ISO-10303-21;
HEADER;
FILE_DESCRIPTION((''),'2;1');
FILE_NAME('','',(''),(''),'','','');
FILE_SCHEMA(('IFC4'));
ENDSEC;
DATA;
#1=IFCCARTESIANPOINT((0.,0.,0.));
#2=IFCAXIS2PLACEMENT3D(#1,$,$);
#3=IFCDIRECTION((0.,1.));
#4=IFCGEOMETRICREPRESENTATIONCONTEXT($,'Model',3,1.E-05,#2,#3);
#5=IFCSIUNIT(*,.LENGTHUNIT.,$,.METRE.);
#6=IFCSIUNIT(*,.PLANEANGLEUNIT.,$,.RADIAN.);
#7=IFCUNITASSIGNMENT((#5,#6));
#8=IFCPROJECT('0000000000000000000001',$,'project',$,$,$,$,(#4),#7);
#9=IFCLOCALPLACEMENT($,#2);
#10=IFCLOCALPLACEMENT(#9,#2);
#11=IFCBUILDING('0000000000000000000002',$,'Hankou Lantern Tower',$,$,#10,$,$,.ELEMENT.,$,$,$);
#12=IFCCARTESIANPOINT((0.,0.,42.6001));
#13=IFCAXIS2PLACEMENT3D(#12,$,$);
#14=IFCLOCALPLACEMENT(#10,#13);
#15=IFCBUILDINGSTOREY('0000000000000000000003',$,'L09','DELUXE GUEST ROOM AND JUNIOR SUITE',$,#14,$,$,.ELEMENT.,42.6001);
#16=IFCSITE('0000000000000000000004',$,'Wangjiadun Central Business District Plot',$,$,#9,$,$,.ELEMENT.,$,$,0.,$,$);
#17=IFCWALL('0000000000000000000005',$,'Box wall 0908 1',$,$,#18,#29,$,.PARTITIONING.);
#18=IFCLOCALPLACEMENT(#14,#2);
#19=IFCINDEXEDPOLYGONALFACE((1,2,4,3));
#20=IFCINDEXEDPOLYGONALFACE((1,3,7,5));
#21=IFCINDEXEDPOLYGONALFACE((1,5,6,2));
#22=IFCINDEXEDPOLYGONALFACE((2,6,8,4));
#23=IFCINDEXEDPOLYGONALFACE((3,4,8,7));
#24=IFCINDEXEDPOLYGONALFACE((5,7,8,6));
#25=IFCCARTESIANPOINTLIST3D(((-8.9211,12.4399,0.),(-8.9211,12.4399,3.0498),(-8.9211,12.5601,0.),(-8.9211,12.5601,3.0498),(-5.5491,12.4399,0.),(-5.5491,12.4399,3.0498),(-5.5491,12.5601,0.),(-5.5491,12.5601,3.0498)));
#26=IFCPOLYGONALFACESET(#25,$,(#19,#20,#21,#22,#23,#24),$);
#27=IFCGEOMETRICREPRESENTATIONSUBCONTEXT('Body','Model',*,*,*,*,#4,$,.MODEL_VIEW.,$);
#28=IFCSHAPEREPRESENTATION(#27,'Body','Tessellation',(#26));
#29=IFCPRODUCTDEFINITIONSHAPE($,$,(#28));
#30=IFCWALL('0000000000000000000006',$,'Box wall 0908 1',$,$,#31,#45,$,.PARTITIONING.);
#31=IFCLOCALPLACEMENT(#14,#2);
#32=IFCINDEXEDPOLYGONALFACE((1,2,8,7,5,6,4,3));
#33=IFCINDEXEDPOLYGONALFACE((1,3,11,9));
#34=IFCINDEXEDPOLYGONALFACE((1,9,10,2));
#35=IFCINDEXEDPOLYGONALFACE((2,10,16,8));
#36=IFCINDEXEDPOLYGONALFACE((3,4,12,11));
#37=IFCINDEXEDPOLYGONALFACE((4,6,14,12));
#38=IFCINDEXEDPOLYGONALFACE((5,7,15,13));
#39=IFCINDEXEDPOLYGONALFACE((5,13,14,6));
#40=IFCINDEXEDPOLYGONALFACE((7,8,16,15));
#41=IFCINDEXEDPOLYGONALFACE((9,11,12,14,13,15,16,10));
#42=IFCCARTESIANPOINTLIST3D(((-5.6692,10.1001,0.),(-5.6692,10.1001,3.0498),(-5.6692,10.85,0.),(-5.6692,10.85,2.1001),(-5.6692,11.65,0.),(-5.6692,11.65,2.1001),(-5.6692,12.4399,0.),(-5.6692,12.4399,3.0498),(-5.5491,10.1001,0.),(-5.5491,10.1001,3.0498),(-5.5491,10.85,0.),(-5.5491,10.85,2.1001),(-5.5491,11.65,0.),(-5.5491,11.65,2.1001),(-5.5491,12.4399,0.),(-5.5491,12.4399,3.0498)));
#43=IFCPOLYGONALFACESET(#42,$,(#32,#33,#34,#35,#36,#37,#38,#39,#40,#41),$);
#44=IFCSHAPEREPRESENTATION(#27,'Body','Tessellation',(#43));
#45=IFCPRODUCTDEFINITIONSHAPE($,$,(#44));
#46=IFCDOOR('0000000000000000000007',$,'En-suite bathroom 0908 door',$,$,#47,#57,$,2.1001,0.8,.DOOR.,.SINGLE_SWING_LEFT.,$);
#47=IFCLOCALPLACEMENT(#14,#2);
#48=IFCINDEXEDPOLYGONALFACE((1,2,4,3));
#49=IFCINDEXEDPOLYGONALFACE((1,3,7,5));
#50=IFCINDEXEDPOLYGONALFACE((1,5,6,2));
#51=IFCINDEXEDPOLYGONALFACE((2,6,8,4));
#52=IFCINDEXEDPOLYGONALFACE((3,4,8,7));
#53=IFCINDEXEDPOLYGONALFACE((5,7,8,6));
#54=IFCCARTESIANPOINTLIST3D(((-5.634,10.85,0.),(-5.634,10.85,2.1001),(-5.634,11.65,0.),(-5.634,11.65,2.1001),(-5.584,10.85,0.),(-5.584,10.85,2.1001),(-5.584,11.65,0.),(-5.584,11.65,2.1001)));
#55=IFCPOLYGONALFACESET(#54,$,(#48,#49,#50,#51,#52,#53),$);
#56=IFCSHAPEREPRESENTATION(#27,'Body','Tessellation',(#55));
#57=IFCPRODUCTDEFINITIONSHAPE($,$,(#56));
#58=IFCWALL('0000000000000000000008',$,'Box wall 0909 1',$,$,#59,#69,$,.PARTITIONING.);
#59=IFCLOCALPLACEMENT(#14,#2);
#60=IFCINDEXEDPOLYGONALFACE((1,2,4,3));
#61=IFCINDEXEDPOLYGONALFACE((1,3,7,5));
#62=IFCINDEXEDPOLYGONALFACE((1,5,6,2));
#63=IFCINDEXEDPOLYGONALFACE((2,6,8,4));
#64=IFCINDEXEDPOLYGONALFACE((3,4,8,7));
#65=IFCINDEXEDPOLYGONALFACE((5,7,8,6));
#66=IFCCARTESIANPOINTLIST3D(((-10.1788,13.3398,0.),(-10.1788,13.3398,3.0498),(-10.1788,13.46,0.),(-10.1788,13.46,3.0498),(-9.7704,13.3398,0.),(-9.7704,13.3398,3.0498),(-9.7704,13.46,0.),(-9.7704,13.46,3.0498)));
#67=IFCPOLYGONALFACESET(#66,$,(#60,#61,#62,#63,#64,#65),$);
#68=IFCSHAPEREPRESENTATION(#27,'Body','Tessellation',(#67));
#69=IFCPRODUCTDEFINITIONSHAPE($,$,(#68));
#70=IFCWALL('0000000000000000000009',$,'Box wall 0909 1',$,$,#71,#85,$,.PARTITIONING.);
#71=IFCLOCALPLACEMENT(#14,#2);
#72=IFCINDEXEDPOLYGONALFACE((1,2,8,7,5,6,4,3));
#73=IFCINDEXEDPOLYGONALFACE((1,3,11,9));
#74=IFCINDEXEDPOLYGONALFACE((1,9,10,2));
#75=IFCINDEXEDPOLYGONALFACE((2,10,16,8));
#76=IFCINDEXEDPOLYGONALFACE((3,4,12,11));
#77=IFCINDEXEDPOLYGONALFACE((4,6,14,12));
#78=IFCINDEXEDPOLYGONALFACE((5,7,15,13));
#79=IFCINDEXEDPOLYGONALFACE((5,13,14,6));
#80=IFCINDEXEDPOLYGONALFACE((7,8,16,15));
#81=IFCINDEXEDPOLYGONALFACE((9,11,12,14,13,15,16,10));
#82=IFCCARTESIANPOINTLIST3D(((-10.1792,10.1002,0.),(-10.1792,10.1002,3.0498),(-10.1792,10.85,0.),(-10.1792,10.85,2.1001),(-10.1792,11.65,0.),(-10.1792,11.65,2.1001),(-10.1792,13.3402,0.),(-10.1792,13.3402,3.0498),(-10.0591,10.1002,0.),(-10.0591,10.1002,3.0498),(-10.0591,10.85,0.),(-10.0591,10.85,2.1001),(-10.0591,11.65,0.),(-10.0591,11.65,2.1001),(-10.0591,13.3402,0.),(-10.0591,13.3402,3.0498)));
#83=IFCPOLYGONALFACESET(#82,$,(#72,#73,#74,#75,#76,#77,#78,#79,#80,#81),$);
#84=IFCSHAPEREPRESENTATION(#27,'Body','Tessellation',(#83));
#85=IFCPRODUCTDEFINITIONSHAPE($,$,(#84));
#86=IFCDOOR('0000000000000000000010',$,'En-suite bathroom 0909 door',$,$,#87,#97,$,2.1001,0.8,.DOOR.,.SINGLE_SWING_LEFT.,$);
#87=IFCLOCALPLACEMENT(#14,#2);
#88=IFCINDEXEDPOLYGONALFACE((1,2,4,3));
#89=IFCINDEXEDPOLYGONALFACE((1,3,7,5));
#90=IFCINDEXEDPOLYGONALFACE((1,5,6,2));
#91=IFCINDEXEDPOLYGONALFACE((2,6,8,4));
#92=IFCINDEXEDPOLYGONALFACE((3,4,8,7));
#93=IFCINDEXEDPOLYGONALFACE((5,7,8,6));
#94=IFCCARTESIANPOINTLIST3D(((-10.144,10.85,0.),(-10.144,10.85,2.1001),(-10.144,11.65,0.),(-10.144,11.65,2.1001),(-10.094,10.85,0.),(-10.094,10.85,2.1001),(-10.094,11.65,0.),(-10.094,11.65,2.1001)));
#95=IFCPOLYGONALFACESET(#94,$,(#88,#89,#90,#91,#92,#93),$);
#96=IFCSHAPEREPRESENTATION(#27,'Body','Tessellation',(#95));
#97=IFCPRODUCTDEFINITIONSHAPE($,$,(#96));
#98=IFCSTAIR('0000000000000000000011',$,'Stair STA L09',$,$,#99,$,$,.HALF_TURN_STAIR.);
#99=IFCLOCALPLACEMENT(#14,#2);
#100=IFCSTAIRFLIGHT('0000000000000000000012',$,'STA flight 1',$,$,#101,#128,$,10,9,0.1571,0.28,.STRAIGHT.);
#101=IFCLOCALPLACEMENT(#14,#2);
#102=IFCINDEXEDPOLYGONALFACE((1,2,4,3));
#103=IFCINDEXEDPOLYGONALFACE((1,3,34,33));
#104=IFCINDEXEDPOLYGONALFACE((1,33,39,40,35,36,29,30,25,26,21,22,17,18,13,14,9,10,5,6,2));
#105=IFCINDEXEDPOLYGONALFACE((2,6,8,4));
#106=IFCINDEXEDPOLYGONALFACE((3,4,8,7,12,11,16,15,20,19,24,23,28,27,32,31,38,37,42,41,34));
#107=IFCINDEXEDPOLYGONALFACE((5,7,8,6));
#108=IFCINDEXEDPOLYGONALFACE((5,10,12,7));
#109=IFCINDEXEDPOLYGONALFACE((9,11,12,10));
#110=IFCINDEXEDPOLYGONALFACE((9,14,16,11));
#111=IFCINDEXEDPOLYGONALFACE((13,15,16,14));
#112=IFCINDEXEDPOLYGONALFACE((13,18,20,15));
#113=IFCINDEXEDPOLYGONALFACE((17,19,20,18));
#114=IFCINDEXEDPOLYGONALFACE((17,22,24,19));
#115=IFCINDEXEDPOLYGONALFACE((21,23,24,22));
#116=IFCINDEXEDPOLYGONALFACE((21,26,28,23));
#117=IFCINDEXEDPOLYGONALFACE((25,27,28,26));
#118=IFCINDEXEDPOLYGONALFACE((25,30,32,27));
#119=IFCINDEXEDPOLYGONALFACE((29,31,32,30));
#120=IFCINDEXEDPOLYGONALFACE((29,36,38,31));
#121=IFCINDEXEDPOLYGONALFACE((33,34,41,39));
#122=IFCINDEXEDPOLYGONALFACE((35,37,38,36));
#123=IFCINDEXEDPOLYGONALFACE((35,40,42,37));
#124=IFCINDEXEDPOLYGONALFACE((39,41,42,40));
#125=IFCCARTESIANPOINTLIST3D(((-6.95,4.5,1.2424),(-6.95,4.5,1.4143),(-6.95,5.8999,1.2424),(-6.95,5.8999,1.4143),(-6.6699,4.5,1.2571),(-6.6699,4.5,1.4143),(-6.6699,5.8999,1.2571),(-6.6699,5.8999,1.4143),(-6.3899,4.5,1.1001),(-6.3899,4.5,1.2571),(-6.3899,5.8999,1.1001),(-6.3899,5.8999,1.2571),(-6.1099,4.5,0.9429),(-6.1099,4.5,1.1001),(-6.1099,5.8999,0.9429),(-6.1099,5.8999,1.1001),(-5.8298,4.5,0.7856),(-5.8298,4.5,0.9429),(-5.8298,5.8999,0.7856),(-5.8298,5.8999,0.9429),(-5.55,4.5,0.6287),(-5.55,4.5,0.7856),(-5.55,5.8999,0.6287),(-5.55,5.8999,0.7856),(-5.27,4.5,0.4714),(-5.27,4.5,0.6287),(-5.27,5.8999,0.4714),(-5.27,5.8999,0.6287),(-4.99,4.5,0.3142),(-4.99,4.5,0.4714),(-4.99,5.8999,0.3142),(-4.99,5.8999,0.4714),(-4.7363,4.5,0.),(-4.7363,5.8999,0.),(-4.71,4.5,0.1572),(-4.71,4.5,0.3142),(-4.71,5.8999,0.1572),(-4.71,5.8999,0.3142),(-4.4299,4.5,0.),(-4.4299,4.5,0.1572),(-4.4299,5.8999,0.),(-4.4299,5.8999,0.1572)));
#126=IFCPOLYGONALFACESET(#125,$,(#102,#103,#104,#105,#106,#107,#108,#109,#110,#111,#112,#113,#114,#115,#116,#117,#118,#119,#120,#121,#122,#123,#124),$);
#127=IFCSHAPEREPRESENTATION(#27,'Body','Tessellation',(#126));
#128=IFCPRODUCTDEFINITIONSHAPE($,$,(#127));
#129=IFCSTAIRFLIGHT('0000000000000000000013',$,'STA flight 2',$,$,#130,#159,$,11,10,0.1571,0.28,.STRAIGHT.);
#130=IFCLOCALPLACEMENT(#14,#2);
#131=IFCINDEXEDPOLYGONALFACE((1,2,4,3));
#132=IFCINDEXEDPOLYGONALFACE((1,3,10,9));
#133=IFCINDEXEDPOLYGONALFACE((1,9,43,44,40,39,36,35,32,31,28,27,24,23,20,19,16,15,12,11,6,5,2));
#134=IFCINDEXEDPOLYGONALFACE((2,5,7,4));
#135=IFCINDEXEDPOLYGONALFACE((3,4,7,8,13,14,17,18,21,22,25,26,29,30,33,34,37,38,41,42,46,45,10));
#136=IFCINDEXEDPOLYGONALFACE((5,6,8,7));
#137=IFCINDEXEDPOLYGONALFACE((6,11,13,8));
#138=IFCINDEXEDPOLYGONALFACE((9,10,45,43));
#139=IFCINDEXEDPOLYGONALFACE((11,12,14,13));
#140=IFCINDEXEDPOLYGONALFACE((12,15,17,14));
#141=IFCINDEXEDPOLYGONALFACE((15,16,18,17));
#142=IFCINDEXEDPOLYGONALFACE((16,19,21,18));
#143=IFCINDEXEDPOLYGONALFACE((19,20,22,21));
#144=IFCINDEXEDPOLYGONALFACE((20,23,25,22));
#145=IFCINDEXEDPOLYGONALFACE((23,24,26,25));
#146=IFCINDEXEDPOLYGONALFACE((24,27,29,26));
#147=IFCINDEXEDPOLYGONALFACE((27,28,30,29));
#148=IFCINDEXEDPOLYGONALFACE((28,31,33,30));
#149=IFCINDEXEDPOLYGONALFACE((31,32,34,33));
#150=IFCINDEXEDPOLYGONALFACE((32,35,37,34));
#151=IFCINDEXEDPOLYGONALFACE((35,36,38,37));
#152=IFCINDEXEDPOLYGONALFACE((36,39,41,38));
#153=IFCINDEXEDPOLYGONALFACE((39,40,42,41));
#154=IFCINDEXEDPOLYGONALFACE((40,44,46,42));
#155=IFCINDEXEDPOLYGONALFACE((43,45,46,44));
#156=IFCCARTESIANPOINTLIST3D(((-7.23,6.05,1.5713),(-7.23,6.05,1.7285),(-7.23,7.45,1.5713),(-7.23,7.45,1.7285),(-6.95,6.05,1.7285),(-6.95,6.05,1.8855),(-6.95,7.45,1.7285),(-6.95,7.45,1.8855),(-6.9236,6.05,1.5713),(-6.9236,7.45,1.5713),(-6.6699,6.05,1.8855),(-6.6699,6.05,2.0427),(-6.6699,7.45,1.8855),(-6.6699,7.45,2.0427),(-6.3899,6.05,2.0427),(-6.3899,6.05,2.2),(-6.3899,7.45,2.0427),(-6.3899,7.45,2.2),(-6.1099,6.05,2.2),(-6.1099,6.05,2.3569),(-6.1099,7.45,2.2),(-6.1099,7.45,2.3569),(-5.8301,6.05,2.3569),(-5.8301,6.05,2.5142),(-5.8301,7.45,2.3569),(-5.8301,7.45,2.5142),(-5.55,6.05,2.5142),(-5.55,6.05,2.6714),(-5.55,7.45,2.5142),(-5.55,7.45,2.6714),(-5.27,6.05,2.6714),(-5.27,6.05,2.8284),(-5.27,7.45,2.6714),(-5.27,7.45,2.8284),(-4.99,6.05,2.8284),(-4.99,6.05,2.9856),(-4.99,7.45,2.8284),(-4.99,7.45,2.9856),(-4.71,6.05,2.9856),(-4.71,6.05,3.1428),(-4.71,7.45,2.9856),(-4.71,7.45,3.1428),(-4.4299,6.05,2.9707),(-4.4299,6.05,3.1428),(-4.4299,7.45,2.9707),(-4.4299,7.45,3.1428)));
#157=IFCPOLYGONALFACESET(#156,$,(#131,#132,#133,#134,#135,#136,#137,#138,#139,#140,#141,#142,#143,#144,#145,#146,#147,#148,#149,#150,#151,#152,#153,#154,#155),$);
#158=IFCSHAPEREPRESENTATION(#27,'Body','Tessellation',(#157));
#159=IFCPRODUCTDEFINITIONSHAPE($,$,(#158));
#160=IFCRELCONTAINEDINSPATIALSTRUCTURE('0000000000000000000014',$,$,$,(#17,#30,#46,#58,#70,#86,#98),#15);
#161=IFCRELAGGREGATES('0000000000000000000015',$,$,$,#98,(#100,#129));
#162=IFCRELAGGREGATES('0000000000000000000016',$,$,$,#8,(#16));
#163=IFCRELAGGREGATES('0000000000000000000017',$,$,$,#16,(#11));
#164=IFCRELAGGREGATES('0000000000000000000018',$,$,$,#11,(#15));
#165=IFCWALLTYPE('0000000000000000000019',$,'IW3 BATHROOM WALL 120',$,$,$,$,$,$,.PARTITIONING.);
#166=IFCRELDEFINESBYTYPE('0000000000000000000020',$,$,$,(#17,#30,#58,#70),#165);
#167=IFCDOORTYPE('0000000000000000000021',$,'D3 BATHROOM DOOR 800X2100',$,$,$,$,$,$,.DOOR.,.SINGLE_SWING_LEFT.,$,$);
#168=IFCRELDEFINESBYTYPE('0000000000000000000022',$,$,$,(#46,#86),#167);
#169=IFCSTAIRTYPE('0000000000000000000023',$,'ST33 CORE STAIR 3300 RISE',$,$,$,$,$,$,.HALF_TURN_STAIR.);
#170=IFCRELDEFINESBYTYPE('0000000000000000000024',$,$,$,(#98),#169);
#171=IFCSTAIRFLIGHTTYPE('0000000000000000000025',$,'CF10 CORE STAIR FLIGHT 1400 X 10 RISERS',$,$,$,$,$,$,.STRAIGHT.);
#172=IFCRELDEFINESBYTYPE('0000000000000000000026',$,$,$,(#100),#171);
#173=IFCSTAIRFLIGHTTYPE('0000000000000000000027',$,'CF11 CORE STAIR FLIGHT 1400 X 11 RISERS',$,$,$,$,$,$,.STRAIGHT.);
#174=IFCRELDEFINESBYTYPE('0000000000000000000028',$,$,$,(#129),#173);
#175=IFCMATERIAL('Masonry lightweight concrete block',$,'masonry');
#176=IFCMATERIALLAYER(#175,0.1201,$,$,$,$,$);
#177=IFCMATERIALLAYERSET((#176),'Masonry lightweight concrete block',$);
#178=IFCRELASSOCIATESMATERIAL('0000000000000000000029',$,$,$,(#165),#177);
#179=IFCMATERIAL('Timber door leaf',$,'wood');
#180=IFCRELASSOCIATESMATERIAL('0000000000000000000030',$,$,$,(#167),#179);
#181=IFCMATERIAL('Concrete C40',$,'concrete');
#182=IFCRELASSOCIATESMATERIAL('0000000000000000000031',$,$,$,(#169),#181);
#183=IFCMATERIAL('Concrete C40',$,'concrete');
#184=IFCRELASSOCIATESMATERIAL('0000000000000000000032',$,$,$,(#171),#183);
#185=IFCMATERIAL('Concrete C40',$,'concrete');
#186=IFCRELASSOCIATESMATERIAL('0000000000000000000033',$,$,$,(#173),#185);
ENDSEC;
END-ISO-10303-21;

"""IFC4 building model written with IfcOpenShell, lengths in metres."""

from ifc_helpers import new_model, si_unit, direction, frame, frame_2d, origin, place, context, subcontext, project, spatial, polyline, rectangle, outline, extrude, material, layer, layer_set, type_object, element, fill, aggregate, save


model = new_model("IFC4")

# Units and contexts
model_context = context("Model", 3, precision=1e-05, world=origin(), true_north=direction((0.0, 1.0)))
body_context = subcontext(model_context, "Body", "Model", "MODEL_VIEW")
ifc_project = project(units=[si_unit("LENGTHUNIT", "METRE"), si_unit("PLANEANGLEUNIT", "RADIAN")], contexts=[model_context])

# Site, building, storey
site_placement = place(None, origin())
site = spatial("IfcSite", under=ifc_project, at=site_placement, Name="Wangjiadun Central Business District Plot", CompositionType="ELEMENT", RefElevation=0.0)
building_placement = place(site_placement, origin())
building = spatial("IfcBuilding", under=site, at=building_placement, Name="Hankou Lantern Tower", CompositionType="ELEMENT")
storey_placement = place(building_placement, frame((0.0, 0.0, 42.6001)))
storey = spatial("IfcBuildingStorey", under=building, at=storey_placement, Name="L09", Description="DELUXE GUEST ROOM AND JUNIOR SUITE", CompositionType="ELEMENT", Elevation=42.6001)

# Shared definitions
ifc_material_1 = material(Name="Masonry lightweight concrete block", Category="masonry")
ifc_layer_1 = layer(ifc_material_1, 0.1201)
ifc_layer_set_1 = layer_set([ifc_layer_1], Name="Masonry lightweight concrete block")
wall_type_1 = type_object("IfcWallType", Name="IW3 BATHROOM WALL 120", PredefinedType="PARTITIONING", material=ifc_layer_set_1)

# Shared definitions
ifc_material_2 = material(Name="Timber door leaf", Category="wood")
door_type_1 = type_object("IfcDoorType", Name="D3 BATHROOM DOOR 800X2100", OperationType="SINGLE_SWING_LEFT", PredefinedType="DOOR", material=ifc_material_2)

# Wall
wall_1_placement = place(storey_placement, frame((-8.9211, 12.5, 0.0), z_axis=(0.0, 0.0, 1.0), x_axis=(1.0, 0.0, 0.0)))
element("IfcWall", 1, at=wall_1_placement, inside=storey, type_object=wall_type_1, Name="Box wall 0908 1", PredefinedType="PARTITIONING", context=body_context, shape_type="SweptSolid", body=[
    extrude(rectangle(XDim=3.3721, YDim=0.1201, at=frame_2d((1.686, 0.0))), origin(), (0.0, 0.0, 1.0), 3.0498),
])

# Wall, opening, door
wall_2_placement = place(storey_placement, frame((-5.6091, 10.1001, 0.0), z_axis=(0.0, 0.0, 1.0), x_axis=(0.0, 1.0, 0.0)))
wall_2 = element("IfcWall", 2, at=wall_2_placement, inside=storey, type_object=wall_type_1, Name="Box wall 0908 1", PredefinedType="PARTITIONING", context=body_context, shape_type="SweptSolid", body=[
    extrude(rectangle(XDim=2.3398, YDim=0.1201, at=frame_2d((1.1699, 0.0))), origin(), (0.0, 0.0, 1.0), 3.0498),
])
opening_1_placement = place(wall_2_placement, frame((0.75, 0.0, 0.0)))
opening_1 = element("IfcOpeningElement", 3, at=opening_1_placement, cuts=wall_2, PredefinedType="OPENING", context=body_context, shape_type="SweptSolid", body=[
    extrude(rectangle(XDim=0.8, YDim=2.1001, at=frame_2d((0.3999, 1.05))), frame((0.0, 0.0701, 0.0), z_axis=(0.0, -1.0, 0.0), x_axis=(1.0, 0.0, 0.0)), (0.0, 0.0, 1.0), 0.1401),
])
door_1_placement = place(opening_1_placement, origin())
door_1 = element("IfcDoor", 4, at=door_1_placement, inside=storey, type_object=door_type_1, Name="En-suite bathroom 0908 door", OperationType="SINGLE_SWING_LEFT", OverallHeight=2.1001, OverallWidth=0.8, PredefinedType="DOOR", context=body_context, shape_type="SweptSolid", body=[
    extrude(rectangle(XDim=0.8, YDim=2.1001, at=frame_2d((0.3999, 1.05))), frame((0.0, 0.0249, 0.0), z_axis=(0.0, -1.0, 0.0), x_axis=(1.0, 0.0, 0.0)), (0.0, 0.0, 1.0), 0.05),
])
fill(opening_1, door_1)

# Wall
wall_3_placement = place(storey_placement, frame((-9.7705, 13.3999, 0.0), z_axis=(0.0, 0.0, 1.0), x_axis=(-1.0, 0.0, 0.0)))
element("IfcWall", 5, at=wall_3_placement, inside=storey, type_object=wall_type_1, Name="Box wall 0909 1", PredefinedType="PARTITIONING", context=body_context, shape_type="SweptSolid", body=[
    extrude(rectangle(XDim=0.4084, YDim=0.1201, at=frame_2d((0.2041, 0.0))), origin(), (0.0, 0.0, 1.0), 3.0498),
])

# Wall, opening, door
wall_4_placement = place(storey_placement, frame((-10.1191, 10.1001, 0.0), z_axis=(0.0, 0.0, 1.0), x_axis=(0.0, 1.0, 0.0)))
wall_4 = element("IfcWall", 6, at=wall_4_placement, inside=storey, type_object=wall_type_1, Name="Box wall 0909 1", PredefinedType="PARTITIONING", context=body_context, shape_type="SweptSolid", body=[
    extrude(rectangle(XDim=3.24, YDim=0.1201, at=frame_2d((1.6201, 0.0))), origin(), (0.0, 0.0, 1.0), 3.0498),
])
opening_2_placement = place(wall_4_placement, frame((0.75, 0.0, 0.0)))
opening_2 = element("IfcOpeningElement", 7, at=opening_2_placement, cuts=wall_4, PredefinedType="OPENING", context=body_context, shape_type="SweptSolid", body=[
    extrude(rectangle(XDim=0.8, YDim=2.1001, at=frame_2d((0.3999, 1.05))), frame((0.0, 0.0701, 0.0), z_axis=(0.0, -1.0, 0.0), x_axis=(1.0, 0.0, 0.0)), (0.0, 0.0, 1.0), 0.1401),
])
door_2_placement = place(opening_2_placement, origin())
door_2 = element("IfcDoor", 8, at=door_2_placement, inside=storey, type_object=door_type_1, Name="En-suite bathroom 0909 door", OperationType="SINGLE_SWING_LEFT", OverallHeight=2.1001, OverallWidth=0.8, PredefinedType="DOOR", context=body_context, shape_type="SweptSolid", body=[
    extrude(rectangle(XDim=0.8, YDim=2.1001, at=frame_2d((0.3999, 1.05))), frame((0.0, 0.0249, 0.0), z_axis=(0.0, -1.0, 0.0), x_axis=(1.0, 0.0, 0.0)), (0.0, 0.0, 1.0), 0.05),
])
fill(opening_2, door_2)

# Stair, stair flights
ifc_material_3 = material(Name="Concrete C40", Category="concrete")
stair_type = type_object("IfcStairType", Name="ST33 CORE STAIR 3300 RISE", PredefinedType="HALF_TURN_STAIR", material=ifc_material_3)
stair_placement = place(storey_placement, origin())
stair = element("IfcStair", 9, at=stair_placement, inside=storey, type_object=stair_type, Name="Stair STA L09", PredefinedType="HALF_TURN_STAIR")
ifc_material_4 = material(Name="Concrete C40", Category="concrete")
stair_flight_type_1 = type_object("IfcStairFlightType", Name="CF10 CORE STAIR FLIGHT 1400 X 10 RISERS", PredefinedType="STRAIGHT", material=ifc_material_4)
stair_flight_1_placement = place(storey_placement, frame((-4.4299, 5.2, 0.0), z_axis=(0.0, 0.0, 1.0), x_axis=(-1.0, 0.0, 0.0)))
stair_flight_1 = element("IfcStairFlight", 10, at=stair_flight_1_placement, type_object=stair_flight_type_1, Name="STA flight 1", NumberOfRisers=10, NumberOfTreads=9, PredefinedType="STRAIGHT", RiserHeight=0.1571, TreadLength=0.28, context=body_context, shape_type="SweptSolid", body=[
    extrude(outline(polyline([(0.0, 0.0), (0.0, 0.1572), (0.28, 0.1572), (0.28, 0.3142), (0.5601, 0.3142), (0.5601, 0.4714), (0.8401, 0.4714), (0.8401, 0.6287), (1.1201, 0.6287), (1.1201, 0.7856), (1.3999, 0.7856), (1.3999, 0.9429), (1.6799, 0.9429), (1.6799, 1.1001), (1.96, 1.1001), (1.96, 1.2571), (2.24, 1.2571), (2.24, 1.4143), (2.52, 1.4143), (2.52, 1.5715), (2.52, 1.2424), (0.3064, 0.0), (0.0, 0.0)])), frame((0.0, 0.7, 0.0), z_axis=(0.0, -1.0, 0.0), x_axis=(1.0, 0.0, 0.0)), (0.0, 0.0, 1.0), 1.3999),
])
ifc_material_5 = material(Name="Concrete C40", Category="concrete")
stair_flight_type_2 = type_object("IfcStairFlightType", Name="CF11 CORE STAIR FLIGHT 1400 X 11 RISERS", PredefinedType="STRAIGHT", material=ifc_material_5)
stair_flight_2_placement = place(storey_placement, frame((-7.23, 6.75, 1.5713), z_axis=(0.0, 0.0, 1.0), x_axis=(1.0, 0.0, 0.0)))
stair_flight_2 = element("IfcStairFlight", 11, at=stair_flight_2_placement, type_object=stair_flight_type_2, Name="STA flight 2", NumberOfRisers=11, NumberOfTreads=10, PredefinedType="STRAIGHT", RiserHeight=0.1571, TreadLength=0.28, context=body_context, shape_type="SweptSolid", body=[
    extrude(outline(polyline([(0.0, 0.0), (0.0, 0.1572), (0.28, 0.1572), (0.28, 0.3142), (0.5601, 0.3142), (0.5601, 0.4714), (0.8401, 0.4714), (0.8401, 0.6287), (1.1201, 0.6287), (1.1201, 0.7856), (1.3999, 0.7856), (1.3999, 0.9429), (1.6799, 0.9429), (1.6799, 1.1001), (1.96, 1.1001), (1.96, 1.2571), (2.24, 1.2571), (2.24, 1.4143), (2.52, 1.4143), (2.52, 1.5715), (2.8, 1.5715), (2.8, 1.7285), (2.8, 1.3994), (0.3064, 0.0), (0.0, 0.0)])), frame((0.0, 0.7, 0.0), z_axis=(0.0, -1.0, 0.0), x_axis=(1.0, 0.0, 0.0)), (0.0, 0.0, 1.0), 1.3999),
])
aggregate(stair, [stair_flight_1, stair_flight_2])

save(model, "model.ifc")
